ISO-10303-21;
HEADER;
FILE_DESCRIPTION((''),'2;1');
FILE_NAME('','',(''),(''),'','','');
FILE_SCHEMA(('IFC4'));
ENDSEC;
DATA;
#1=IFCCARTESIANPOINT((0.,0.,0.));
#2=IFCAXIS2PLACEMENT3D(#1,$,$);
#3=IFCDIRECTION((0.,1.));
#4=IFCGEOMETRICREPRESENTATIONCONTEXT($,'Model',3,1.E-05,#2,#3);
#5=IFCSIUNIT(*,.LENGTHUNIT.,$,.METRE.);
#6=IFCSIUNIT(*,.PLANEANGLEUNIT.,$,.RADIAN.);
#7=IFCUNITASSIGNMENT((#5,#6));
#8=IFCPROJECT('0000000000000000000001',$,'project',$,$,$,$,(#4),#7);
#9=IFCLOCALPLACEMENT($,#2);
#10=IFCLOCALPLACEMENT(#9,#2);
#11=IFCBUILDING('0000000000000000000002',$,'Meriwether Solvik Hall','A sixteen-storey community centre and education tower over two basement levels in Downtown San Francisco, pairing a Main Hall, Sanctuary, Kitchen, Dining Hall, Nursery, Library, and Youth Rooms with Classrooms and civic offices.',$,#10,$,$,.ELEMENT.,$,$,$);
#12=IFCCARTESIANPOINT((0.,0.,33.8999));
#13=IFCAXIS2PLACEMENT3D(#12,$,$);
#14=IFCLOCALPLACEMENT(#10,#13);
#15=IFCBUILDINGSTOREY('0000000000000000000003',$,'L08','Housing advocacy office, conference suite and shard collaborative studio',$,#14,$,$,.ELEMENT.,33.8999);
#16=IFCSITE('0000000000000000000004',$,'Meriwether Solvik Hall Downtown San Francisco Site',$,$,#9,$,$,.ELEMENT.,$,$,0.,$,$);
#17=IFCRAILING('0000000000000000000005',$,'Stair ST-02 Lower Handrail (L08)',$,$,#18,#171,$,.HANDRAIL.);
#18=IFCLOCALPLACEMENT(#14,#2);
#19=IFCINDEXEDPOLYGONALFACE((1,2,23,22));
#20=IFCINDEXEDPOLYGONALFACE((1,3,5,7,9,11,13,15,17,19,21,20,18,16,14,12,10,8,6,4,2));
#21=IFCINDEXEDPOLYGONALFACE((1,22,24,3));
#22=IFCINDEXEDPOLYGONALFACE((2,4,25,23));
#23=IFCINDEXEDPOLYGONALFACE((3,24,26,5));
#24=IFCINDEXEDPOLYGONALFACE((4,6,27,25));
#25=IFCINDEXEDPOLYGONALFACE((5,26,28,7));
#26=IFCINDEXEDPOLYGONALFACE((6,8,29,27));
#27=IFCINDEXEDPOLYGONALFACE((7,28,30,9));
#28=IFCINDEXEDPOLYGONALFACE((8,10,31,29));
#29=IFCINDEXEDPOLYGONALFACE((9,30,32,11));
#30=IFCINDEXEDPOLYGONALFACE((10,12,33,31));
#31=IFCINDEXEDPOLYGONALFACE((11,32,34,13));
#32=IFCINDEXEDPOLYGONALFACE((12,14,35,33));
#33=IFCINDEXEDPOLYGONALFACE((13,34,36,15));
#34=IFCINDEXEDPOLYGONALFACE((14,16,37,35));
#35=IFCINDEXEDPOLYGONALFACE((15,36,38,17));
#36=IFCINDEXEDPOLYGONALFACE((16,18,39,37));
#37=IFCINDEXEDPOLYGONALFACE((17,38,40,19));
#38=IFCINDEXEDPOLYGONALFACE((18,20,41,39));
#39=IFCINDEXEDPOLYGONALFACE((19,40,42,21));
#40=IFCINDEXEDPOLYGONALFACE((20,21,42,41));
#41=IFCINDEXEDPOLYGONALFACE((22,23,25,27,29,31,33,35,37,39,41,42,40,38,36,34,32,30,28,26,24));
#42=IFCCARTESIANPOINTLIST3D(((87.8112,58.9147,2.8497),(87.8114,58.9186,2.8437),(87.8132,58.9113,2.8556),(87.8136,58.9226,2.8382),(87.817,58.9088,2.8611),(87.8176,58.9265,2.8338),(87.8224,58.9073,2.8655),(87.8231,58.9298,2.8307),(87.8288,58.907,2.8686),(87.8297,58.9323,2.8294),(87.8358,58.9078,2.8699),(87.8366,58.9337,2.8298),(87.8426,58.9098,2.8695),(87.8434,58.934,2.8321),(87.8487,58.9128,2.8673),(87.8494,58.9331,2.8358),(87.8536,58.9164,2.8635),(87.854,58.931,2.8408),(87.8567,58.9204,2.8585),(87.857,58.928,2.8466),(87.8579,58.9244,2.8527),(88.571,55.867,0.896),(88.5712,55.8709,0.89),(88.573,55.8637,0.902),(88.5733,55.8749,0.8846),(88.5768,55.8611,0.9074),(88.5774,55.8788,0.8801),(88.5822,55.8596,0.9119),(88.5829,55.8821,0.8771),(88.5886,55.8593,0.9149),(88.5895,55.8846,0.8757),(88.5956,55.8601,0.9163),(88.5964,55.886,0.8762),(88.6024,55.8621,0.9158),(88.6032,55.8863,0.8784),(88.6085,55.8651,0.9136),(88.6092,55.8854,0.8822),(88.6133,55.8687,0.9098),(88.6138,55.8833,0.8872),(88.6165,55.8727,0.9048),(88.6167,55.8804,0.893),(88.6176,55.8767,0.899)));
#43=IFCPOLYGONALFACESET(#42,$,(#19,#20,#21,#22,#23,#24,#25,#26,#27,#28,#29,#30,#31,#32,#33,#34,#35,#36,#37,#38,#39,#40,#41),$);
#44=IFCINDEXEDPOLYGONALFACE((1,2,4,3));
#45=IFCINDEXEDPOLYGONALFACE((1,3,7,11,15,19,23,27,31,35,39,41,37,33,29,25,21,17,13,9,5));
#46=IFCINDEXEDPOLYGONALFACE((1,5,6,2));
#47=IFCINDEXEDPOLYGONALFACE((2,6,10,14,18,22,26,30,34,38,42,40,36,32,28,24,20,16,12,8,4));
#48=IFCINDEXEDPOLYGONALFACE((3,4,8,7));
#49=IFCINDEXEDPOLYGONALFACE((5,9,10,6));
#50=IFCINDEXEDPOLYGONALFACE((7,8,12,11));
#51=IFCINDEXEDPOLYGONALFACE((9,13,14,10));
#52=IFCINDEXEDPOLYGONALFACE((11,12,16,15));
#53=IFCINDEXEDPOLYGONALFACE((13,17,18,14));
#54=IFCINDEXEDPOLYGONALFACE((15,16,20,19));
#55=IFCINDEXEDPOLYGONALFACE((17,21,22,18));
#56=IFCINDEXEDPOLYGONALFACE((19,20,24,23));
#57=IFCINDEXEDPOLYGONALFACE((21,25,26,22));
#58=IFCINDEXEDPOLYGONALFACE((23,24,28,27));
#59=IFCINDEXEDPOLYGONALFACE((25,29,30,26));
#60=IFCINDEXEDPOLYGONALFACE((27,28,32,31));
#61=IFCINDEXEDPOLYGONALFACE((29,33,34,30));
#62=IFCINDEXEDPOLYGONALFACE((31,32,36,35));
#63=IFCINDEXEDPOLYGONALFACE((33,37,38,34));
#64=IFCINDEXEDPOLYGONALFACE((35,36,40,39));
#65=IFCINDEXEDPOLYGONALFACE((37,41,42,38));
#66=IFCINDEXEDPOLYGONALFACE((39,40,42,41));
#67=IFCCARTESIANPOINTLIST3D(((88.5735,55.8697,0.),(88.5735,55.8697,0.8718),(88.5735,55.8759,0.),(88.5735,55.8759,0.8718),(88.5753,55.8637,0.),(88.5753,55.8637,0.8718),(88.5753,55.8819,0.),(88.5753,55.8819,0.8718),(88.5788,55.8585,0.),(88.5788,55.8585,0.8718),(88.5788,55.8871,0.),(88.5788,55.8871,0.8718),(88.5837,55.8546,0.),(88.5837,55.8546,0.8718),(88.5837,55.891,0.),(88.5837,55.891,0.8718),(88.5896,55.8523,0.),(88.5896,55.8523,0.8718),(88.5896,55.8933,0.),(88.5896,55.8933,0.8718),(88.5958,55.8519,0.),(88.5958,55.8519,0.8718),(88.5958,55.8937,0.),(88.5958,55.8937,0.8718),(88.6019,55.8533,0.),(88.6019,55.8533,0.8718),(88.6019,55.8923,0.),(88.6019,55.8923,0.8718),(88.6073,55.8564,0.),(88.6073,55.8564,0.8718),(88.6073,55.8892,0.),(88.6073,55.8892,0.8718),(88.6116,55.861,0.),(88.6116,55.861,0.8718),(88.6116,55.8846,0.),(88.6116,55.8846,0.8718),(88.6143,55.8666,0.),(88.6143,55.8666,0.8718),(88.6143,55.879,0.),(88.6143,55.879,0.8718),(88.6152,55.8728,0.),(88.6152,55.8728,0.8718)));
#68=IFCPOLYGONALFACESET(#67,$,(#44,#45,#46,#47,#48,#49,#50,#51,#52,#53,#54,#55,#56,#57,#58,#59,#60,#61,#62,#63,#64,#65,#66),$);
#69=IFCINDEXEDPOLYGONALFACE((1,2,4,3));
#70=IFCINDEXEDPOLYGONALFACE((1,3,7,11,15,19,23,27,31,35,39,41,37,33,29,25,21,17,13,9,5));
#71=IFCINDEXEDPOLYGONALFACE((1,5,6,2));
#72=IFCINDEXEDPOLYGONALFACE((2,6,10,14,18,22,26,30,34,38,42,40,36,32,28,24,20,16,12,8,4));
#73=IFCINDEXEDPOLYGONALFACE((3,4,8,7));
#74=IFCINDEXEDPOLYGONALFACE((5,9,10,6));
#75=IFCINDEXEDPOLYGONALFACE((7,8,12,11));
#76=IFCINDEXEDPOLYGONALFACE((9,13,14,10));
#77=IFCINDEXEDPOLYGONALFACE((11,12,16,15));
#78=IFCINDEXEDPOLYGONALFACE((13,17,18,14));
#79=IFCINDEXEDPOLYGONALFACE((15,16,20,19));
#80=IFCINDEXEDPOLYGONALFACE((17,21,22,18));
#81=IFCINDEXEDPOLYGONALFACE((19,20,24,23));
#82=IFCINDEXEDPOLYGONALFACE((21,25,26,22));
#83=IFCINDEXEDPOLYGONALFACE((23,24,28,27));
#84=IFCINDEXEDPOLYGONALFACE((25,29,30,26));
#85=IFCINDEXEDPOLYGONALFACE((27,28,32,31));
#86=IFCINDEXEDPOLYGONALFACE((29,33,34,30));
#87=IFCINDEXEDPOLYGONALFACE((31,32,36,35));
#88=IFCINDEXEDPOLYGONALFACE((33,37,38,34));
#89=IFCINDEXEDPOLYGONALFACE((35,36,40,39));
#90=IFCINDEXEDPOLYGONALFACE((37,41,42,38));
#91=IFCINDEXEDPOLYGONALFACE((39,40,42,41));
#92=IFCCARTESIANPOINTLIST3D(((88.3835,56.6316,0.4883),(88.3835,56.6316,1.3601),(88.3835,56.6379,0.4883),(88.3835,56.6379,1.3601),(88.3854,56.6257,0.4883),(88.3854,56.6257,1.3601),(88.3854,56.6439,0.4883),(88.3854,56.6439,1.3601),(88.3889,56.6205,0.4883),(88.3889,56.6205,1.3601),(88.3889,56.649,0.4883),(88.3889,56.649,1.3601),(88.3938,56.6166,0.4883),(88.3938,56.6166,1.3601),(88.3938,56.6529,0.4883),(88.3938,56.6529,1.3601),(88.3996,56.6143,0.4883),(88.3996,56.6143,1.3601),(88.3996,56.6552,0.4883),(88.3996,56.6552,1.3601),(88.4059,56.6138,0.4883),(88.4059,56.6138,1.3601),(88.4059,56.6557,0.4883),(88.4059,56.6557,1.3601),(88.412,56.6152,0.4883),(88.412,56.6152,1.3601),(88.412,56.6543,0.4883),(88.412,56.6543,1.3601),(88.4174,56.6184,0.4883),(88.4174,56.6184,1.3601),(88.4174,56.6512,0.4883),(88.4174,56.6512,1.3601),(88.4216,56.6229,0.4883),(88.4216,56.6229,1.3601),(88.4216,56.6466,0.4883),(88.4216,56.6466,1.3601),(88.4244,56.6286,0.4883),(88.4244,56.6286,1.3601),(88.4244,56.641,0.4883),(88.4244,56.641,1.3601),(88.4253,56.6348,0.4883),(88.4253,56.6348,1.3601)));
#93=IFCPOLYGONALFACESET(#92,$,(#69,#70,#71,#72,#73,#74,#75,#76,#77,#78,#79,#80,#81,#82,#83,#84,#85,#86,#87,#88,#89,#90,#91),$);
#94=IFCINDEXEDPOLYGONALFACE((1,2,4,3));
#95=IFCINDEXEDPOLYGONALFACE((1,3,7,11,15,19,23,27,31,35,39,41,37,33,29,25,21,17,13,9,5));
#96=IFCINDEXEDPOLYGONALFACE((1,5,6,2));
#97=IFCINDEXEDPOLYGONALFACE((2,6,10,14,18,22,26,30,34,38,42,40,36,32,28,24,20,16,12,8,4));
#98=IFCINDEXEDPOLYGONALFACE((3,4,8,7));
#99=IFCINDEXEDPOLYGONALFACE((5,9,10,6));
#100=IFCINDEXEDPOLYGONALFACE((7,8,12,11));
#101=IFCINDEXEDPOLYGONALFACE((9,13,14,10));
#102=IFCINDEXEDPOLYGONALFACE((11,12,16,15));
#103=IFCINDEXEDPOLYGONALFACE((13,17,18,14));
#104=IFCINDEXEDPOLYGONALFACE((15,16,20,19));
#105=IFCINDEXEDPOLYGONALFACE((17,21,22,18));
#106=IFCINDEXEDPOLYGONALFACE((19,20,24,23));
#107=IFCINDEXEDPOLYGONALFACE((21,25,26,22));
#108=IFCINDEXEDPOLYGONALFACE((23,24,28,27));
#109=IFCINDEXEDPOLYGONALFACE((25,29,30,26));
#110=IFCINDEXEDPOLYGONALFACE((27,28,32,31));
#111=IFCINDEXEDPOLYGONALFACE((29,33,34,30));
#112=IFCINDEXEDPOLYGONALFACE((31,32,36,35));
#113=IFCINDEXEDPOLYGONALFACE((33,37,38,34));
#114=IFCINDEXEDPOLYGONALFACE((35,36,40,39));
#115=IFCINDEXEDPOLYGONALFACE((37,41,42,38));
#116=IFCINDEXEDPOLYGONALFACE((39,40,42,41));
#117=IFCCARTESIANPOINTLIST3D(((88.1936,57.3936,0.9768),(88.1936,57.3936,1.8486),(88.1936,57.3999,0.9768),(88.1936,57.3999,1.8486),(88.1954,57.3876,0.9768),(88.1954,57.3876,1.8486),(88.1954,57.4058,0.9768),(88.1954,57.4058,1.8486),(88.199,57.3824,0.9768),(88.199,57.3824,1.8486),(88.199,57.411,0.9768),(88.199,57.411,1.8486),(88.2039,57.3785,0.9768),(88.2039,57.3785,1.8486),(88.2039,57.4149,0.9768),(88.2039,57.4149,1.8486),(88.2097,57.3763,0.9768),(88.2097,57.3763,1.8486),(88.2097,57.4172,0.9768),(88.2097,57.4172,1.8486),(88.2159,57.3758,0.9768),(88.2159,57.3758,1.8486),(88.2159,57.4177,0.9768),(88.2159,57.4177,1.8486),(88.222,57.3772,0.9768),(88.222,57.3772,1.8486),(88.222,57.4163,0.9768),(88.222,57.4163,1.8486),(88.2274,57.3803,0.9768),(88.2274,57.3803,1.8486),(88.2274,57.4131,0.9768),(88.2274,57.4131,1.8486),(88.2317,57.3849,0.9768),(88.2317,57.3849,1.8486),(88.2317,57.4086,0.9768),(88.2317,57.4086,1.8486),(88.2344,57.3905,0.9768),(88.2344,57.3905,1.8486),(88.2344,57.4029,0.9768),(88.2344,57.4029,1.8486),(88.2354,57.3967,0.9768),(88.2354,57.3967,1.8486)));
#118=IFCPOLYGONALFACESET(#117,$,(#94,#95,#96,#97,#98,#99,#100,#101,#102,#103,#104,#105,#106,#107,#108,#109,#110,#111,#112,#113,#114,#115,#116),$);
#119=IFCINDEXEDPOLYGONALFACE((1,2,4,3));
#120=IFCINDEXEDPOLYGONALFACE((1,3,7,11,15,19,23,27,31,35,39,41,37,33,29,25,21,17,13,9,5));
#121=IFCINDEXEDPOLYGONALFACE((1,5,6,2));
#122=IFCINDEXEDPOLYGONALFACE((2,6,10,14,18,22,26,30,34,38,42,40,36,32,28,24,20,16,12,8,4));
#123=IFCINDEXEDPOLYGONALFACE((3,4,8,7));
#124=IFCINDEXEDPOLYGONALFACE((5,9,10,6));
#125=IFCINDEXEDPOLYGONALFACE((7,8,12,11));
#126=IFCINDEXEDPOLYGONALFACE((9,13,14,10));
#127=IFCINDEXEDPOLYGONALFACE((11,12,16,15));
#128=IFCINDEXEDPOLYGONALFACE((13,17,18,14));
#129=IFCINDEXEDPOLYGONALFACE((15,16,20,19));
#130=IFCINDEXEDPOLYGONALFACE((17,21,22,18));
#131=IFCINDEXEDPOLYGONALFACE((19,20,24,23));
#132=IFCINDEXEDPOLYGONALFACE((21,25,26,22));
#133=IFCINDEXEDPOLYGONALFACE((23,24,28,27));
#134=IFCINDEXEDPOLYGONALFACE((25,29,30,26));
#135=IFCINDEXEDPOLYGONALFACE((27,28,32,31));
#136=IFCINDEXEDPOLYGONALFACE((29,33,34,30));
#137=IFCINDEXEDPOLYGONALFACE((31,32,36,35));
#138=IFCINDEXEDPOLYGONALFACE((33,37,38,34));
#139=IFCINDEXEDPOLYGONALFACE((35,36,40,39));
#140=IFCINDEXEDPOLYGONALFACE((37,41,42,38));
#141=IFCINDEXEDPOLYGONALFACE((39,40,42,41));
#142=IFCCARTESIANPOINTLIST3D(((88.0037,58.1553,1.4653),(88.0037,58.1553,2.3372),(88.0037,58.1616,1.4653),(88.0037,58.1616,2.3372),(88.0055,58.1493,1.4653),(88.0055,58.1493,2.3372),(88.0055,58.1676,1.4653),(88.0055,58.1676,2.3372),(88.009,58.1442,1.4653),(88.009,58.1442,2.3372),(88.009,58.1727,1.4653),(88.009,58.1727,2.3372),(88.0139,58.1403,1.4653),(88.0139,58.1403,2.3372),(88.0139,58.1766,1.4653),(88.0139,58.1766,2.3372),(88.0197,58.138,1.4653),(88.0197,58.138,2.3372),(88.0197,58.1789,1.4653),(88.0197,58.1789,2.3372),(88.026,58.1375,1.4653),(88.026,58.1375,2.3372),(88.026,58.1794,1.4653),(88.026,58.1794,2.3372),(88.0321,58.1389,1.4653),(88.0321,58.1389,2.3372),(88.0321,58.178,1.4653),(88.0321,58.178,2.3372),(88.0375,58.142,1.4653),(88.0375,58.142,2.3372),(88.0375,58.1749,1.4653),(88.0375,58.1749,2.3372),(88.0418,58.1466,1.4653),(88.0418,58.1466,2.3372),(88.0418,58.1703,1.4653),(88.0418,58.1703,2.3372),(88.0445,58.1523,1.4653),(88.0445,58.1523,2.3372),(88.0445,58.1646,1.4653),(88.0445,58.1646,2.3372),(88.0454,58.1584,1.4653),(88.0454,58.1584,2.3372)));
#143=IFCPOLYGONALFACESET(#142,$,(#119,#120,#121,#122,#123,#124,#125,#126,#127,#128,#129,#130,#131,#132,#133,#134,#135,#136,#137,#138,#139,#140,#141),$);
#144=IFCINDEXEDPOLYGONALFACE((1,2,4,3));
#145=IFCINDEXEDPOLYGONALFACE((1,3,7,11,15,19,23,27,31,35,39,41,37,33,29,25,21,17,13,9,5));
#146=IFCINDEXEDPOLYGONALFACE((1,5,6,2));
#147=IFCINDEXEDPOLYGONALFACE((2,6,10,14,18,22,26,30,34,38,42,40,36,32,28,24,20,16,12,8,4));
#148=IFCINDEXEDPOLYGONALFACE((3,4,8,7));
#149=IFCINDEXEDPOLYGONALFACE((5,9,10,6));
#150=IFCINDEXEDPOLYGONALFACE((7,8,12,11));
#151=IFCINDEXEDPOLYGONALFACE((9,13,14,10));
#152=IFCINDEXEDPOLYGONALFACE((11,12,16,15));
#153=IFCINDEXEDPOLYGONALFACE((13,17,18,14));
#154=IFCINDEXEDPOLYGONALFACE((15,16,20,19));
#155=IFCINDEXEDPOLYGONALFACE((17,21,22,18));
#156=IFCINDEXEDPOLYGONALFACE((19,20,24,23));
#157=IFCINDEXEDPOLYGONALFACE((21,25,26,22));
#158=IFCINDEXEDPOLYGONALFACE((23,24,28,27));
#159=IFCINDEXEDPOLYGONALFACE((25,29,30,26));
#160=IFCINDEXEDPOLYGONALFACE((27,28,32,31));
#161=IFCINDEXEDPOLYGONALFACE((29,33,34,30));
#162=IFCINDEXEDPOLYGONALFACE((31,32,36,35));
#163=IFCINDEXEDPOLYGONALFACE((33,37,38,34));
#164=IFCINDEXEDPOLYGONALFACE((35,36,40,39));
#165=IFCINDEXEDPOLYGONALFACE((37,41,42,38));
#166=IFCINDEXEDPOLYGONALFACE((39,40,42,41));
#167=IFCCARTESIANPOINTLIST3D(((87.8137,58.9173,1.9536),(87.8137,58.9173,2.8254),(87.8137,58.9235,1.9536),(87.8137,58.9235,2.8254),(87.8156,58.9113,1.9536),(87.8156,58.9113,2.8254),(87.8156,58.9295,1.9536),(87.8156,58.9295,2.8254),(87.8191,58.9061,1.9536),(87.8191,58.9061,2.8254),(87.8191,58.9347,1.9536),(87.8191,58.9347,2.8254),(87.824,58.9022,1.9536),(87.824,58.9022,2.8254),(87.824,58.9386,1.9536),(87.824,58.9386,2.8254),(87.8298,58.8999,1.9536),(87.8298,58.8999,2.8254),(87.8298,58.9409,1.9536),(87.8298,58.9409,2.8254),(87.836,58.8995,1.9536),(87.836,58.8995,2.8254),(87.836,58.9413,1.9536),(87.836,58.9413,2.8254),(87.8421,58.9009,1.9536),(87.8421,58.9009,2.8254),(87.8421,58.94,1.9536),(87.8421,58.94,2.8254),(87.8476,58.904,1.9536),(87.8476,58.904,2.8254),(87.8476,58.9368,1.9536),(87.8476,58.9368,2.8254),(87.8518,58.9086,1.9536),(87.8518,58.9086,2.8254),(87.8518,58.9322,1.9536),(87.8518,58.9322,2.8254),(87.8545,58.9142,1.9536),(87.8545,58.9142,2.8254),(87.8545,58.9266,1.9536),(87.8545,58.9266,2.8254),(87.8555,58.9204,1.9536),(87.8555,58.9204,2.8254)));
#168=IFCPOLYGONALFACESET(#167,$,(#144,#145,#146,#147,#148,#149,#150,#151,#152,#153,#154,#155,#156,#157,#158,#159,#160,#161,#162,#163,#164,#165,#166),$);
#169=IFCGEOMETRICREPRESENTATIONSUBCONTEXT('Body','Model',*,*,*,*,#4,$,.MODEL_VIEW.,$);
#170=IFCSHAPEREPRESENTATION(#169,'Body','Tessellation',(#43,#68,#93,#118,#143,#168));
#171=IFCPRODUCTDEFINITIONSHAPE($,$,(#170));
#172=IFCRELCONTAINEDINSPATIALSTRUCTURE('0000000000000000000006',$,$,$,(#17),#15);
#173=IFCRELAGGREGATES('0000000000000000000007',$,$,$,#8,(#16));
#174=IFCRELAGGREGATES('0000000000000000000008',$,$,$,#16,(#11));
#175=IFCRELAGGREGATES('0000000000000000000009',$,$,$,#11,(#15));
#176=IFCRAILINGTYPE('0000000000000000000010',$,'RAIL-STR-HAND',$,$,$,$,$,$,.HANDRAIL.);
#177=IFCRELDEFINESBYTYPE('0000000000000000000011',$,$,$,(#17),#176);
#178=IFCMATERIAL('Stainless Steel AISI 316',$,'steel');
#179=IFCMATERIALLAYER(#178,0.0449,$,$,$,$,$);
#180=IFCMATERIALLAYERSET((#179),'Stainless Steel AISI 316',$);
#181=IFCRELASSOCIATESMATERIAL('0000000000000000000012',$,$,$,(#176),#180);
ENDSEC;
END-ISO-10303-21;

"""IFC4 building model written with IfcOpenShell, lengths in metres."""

from ifc_helpers import new_model, si_unit, direction, frame, origin, origin_2d, place, context, subcontext, project, spatial, circle, extrude, material, layer, layer_set, type_object, element, save


model = new_model("IFC4")

# Units and contexts
model_context = context("Model", 3, precision=1e-05, world=origin(), true_north=direction((0.0, 1.0)))
body_context = subcontext(model_context, "Body", "Model", "MODEL_VIEW")
ifc_project = project(units=[si_unit("LENGTHUNIT", "METRE"), si_unit("PLANEANGLEUNIT", "RADIAN")], contexts=[model_context])

# Site, building, storey
site_placement = place(None, origin())
site = spatial("IfcSite", under=ifc_project, at=site_placement, Name="Meriwether Solvik Hall Downtown San Francisco Site", CompositionType="ELEMENT", RefElevation=0.0)
building_placement = place(site_placement, origin())
building = spatial("IfcBuilding", under=site, at=building_placement, Name="Meriwether Solvik Hall", Description="A sixteen-storey community centre and education tower over two basement levels in Downtown San Francisco, pairing a Main Hall, Sanctuary, Kitchen, Dining Hall, Nursery, Library, and Youth Rooms with Classrooms and civic offices.", CompositionType="ELEMENT")
storey_placement = place(building_placement, frame((0.0, 0.0, 33.8999)))
storey = spatial("IfcBuildingStorey", under=building, at=storey_placement, Name="L08", Description="Housing advocacy office, conference suite and shard collaborative studio", CompositionType="ELEMENT", Elevation=33.8999)

# Railing
ifc_material_1 = material(Name="Stainless Steel AISI 316", Category="steel")
ifc_layer_1 = layer(ifc_material_1, 0.0449)
ifc_layer_set_1 = layer_set([ifc_layer_1], Name="Stainless Steel AISI 316")
railing_type_1 = type_object("IfcRailingType", Name="RAIL-STR-HAND", PredefinedType="HANDRAIL", material=ifc_layer_set_1)
railing_1_placement = place(storey_placement, frame((88.5942, 55.8728, 0.0)))
element("IfcRailing", 1, at=railing_1_placement, inside=storey, type_object=railing_type_1, Name="Stair ST-02 Lower Handrail (L08)", PredefinedType="HANDRAIL", context=body_context, shape_type="SweptSolid", body=[
    extrude(circle(Radius=0.0239, at=origin_2d()), frame((0.0, 0.0, 0.896), z_axis=(-0.205404, 0.823926, 0.528163), x_axis=(-0.970302, -0.241895, 0.0)), (0.0, 0.0, 1.0), 3.699),
    extrude(circle(Radius=0.021, at=origin_2d()), origin(), (0.0, 0.0, 1.0), 0.8718),
    extrude(circle(Radius=0.021, at=origin_2d()), frame((-0.1899, 0.762, 0.4883)), (0.0, 0.0, 1.0), 0.8718),
    extrude(circle(Radius=0.021, at=origin_2d()), frame((-0.3799, 1.5239, 0.9768)), (0.0, 0.0, 1.0), 0.8718),
    extrude(circle(Radius=0.021, at=origin_2d()), frame((-0.5698, 2.2856, 1.4653)), (0.0, 0.0, 1.0), 0.8718),
    extrude(circle(Radius=0.021, at=origin_2d()), frame((-0.7598, 3.0476, 1.9536)), (0.0, 0.0, 1.0), 0.8718),
])

save(model, "model.ifc")
